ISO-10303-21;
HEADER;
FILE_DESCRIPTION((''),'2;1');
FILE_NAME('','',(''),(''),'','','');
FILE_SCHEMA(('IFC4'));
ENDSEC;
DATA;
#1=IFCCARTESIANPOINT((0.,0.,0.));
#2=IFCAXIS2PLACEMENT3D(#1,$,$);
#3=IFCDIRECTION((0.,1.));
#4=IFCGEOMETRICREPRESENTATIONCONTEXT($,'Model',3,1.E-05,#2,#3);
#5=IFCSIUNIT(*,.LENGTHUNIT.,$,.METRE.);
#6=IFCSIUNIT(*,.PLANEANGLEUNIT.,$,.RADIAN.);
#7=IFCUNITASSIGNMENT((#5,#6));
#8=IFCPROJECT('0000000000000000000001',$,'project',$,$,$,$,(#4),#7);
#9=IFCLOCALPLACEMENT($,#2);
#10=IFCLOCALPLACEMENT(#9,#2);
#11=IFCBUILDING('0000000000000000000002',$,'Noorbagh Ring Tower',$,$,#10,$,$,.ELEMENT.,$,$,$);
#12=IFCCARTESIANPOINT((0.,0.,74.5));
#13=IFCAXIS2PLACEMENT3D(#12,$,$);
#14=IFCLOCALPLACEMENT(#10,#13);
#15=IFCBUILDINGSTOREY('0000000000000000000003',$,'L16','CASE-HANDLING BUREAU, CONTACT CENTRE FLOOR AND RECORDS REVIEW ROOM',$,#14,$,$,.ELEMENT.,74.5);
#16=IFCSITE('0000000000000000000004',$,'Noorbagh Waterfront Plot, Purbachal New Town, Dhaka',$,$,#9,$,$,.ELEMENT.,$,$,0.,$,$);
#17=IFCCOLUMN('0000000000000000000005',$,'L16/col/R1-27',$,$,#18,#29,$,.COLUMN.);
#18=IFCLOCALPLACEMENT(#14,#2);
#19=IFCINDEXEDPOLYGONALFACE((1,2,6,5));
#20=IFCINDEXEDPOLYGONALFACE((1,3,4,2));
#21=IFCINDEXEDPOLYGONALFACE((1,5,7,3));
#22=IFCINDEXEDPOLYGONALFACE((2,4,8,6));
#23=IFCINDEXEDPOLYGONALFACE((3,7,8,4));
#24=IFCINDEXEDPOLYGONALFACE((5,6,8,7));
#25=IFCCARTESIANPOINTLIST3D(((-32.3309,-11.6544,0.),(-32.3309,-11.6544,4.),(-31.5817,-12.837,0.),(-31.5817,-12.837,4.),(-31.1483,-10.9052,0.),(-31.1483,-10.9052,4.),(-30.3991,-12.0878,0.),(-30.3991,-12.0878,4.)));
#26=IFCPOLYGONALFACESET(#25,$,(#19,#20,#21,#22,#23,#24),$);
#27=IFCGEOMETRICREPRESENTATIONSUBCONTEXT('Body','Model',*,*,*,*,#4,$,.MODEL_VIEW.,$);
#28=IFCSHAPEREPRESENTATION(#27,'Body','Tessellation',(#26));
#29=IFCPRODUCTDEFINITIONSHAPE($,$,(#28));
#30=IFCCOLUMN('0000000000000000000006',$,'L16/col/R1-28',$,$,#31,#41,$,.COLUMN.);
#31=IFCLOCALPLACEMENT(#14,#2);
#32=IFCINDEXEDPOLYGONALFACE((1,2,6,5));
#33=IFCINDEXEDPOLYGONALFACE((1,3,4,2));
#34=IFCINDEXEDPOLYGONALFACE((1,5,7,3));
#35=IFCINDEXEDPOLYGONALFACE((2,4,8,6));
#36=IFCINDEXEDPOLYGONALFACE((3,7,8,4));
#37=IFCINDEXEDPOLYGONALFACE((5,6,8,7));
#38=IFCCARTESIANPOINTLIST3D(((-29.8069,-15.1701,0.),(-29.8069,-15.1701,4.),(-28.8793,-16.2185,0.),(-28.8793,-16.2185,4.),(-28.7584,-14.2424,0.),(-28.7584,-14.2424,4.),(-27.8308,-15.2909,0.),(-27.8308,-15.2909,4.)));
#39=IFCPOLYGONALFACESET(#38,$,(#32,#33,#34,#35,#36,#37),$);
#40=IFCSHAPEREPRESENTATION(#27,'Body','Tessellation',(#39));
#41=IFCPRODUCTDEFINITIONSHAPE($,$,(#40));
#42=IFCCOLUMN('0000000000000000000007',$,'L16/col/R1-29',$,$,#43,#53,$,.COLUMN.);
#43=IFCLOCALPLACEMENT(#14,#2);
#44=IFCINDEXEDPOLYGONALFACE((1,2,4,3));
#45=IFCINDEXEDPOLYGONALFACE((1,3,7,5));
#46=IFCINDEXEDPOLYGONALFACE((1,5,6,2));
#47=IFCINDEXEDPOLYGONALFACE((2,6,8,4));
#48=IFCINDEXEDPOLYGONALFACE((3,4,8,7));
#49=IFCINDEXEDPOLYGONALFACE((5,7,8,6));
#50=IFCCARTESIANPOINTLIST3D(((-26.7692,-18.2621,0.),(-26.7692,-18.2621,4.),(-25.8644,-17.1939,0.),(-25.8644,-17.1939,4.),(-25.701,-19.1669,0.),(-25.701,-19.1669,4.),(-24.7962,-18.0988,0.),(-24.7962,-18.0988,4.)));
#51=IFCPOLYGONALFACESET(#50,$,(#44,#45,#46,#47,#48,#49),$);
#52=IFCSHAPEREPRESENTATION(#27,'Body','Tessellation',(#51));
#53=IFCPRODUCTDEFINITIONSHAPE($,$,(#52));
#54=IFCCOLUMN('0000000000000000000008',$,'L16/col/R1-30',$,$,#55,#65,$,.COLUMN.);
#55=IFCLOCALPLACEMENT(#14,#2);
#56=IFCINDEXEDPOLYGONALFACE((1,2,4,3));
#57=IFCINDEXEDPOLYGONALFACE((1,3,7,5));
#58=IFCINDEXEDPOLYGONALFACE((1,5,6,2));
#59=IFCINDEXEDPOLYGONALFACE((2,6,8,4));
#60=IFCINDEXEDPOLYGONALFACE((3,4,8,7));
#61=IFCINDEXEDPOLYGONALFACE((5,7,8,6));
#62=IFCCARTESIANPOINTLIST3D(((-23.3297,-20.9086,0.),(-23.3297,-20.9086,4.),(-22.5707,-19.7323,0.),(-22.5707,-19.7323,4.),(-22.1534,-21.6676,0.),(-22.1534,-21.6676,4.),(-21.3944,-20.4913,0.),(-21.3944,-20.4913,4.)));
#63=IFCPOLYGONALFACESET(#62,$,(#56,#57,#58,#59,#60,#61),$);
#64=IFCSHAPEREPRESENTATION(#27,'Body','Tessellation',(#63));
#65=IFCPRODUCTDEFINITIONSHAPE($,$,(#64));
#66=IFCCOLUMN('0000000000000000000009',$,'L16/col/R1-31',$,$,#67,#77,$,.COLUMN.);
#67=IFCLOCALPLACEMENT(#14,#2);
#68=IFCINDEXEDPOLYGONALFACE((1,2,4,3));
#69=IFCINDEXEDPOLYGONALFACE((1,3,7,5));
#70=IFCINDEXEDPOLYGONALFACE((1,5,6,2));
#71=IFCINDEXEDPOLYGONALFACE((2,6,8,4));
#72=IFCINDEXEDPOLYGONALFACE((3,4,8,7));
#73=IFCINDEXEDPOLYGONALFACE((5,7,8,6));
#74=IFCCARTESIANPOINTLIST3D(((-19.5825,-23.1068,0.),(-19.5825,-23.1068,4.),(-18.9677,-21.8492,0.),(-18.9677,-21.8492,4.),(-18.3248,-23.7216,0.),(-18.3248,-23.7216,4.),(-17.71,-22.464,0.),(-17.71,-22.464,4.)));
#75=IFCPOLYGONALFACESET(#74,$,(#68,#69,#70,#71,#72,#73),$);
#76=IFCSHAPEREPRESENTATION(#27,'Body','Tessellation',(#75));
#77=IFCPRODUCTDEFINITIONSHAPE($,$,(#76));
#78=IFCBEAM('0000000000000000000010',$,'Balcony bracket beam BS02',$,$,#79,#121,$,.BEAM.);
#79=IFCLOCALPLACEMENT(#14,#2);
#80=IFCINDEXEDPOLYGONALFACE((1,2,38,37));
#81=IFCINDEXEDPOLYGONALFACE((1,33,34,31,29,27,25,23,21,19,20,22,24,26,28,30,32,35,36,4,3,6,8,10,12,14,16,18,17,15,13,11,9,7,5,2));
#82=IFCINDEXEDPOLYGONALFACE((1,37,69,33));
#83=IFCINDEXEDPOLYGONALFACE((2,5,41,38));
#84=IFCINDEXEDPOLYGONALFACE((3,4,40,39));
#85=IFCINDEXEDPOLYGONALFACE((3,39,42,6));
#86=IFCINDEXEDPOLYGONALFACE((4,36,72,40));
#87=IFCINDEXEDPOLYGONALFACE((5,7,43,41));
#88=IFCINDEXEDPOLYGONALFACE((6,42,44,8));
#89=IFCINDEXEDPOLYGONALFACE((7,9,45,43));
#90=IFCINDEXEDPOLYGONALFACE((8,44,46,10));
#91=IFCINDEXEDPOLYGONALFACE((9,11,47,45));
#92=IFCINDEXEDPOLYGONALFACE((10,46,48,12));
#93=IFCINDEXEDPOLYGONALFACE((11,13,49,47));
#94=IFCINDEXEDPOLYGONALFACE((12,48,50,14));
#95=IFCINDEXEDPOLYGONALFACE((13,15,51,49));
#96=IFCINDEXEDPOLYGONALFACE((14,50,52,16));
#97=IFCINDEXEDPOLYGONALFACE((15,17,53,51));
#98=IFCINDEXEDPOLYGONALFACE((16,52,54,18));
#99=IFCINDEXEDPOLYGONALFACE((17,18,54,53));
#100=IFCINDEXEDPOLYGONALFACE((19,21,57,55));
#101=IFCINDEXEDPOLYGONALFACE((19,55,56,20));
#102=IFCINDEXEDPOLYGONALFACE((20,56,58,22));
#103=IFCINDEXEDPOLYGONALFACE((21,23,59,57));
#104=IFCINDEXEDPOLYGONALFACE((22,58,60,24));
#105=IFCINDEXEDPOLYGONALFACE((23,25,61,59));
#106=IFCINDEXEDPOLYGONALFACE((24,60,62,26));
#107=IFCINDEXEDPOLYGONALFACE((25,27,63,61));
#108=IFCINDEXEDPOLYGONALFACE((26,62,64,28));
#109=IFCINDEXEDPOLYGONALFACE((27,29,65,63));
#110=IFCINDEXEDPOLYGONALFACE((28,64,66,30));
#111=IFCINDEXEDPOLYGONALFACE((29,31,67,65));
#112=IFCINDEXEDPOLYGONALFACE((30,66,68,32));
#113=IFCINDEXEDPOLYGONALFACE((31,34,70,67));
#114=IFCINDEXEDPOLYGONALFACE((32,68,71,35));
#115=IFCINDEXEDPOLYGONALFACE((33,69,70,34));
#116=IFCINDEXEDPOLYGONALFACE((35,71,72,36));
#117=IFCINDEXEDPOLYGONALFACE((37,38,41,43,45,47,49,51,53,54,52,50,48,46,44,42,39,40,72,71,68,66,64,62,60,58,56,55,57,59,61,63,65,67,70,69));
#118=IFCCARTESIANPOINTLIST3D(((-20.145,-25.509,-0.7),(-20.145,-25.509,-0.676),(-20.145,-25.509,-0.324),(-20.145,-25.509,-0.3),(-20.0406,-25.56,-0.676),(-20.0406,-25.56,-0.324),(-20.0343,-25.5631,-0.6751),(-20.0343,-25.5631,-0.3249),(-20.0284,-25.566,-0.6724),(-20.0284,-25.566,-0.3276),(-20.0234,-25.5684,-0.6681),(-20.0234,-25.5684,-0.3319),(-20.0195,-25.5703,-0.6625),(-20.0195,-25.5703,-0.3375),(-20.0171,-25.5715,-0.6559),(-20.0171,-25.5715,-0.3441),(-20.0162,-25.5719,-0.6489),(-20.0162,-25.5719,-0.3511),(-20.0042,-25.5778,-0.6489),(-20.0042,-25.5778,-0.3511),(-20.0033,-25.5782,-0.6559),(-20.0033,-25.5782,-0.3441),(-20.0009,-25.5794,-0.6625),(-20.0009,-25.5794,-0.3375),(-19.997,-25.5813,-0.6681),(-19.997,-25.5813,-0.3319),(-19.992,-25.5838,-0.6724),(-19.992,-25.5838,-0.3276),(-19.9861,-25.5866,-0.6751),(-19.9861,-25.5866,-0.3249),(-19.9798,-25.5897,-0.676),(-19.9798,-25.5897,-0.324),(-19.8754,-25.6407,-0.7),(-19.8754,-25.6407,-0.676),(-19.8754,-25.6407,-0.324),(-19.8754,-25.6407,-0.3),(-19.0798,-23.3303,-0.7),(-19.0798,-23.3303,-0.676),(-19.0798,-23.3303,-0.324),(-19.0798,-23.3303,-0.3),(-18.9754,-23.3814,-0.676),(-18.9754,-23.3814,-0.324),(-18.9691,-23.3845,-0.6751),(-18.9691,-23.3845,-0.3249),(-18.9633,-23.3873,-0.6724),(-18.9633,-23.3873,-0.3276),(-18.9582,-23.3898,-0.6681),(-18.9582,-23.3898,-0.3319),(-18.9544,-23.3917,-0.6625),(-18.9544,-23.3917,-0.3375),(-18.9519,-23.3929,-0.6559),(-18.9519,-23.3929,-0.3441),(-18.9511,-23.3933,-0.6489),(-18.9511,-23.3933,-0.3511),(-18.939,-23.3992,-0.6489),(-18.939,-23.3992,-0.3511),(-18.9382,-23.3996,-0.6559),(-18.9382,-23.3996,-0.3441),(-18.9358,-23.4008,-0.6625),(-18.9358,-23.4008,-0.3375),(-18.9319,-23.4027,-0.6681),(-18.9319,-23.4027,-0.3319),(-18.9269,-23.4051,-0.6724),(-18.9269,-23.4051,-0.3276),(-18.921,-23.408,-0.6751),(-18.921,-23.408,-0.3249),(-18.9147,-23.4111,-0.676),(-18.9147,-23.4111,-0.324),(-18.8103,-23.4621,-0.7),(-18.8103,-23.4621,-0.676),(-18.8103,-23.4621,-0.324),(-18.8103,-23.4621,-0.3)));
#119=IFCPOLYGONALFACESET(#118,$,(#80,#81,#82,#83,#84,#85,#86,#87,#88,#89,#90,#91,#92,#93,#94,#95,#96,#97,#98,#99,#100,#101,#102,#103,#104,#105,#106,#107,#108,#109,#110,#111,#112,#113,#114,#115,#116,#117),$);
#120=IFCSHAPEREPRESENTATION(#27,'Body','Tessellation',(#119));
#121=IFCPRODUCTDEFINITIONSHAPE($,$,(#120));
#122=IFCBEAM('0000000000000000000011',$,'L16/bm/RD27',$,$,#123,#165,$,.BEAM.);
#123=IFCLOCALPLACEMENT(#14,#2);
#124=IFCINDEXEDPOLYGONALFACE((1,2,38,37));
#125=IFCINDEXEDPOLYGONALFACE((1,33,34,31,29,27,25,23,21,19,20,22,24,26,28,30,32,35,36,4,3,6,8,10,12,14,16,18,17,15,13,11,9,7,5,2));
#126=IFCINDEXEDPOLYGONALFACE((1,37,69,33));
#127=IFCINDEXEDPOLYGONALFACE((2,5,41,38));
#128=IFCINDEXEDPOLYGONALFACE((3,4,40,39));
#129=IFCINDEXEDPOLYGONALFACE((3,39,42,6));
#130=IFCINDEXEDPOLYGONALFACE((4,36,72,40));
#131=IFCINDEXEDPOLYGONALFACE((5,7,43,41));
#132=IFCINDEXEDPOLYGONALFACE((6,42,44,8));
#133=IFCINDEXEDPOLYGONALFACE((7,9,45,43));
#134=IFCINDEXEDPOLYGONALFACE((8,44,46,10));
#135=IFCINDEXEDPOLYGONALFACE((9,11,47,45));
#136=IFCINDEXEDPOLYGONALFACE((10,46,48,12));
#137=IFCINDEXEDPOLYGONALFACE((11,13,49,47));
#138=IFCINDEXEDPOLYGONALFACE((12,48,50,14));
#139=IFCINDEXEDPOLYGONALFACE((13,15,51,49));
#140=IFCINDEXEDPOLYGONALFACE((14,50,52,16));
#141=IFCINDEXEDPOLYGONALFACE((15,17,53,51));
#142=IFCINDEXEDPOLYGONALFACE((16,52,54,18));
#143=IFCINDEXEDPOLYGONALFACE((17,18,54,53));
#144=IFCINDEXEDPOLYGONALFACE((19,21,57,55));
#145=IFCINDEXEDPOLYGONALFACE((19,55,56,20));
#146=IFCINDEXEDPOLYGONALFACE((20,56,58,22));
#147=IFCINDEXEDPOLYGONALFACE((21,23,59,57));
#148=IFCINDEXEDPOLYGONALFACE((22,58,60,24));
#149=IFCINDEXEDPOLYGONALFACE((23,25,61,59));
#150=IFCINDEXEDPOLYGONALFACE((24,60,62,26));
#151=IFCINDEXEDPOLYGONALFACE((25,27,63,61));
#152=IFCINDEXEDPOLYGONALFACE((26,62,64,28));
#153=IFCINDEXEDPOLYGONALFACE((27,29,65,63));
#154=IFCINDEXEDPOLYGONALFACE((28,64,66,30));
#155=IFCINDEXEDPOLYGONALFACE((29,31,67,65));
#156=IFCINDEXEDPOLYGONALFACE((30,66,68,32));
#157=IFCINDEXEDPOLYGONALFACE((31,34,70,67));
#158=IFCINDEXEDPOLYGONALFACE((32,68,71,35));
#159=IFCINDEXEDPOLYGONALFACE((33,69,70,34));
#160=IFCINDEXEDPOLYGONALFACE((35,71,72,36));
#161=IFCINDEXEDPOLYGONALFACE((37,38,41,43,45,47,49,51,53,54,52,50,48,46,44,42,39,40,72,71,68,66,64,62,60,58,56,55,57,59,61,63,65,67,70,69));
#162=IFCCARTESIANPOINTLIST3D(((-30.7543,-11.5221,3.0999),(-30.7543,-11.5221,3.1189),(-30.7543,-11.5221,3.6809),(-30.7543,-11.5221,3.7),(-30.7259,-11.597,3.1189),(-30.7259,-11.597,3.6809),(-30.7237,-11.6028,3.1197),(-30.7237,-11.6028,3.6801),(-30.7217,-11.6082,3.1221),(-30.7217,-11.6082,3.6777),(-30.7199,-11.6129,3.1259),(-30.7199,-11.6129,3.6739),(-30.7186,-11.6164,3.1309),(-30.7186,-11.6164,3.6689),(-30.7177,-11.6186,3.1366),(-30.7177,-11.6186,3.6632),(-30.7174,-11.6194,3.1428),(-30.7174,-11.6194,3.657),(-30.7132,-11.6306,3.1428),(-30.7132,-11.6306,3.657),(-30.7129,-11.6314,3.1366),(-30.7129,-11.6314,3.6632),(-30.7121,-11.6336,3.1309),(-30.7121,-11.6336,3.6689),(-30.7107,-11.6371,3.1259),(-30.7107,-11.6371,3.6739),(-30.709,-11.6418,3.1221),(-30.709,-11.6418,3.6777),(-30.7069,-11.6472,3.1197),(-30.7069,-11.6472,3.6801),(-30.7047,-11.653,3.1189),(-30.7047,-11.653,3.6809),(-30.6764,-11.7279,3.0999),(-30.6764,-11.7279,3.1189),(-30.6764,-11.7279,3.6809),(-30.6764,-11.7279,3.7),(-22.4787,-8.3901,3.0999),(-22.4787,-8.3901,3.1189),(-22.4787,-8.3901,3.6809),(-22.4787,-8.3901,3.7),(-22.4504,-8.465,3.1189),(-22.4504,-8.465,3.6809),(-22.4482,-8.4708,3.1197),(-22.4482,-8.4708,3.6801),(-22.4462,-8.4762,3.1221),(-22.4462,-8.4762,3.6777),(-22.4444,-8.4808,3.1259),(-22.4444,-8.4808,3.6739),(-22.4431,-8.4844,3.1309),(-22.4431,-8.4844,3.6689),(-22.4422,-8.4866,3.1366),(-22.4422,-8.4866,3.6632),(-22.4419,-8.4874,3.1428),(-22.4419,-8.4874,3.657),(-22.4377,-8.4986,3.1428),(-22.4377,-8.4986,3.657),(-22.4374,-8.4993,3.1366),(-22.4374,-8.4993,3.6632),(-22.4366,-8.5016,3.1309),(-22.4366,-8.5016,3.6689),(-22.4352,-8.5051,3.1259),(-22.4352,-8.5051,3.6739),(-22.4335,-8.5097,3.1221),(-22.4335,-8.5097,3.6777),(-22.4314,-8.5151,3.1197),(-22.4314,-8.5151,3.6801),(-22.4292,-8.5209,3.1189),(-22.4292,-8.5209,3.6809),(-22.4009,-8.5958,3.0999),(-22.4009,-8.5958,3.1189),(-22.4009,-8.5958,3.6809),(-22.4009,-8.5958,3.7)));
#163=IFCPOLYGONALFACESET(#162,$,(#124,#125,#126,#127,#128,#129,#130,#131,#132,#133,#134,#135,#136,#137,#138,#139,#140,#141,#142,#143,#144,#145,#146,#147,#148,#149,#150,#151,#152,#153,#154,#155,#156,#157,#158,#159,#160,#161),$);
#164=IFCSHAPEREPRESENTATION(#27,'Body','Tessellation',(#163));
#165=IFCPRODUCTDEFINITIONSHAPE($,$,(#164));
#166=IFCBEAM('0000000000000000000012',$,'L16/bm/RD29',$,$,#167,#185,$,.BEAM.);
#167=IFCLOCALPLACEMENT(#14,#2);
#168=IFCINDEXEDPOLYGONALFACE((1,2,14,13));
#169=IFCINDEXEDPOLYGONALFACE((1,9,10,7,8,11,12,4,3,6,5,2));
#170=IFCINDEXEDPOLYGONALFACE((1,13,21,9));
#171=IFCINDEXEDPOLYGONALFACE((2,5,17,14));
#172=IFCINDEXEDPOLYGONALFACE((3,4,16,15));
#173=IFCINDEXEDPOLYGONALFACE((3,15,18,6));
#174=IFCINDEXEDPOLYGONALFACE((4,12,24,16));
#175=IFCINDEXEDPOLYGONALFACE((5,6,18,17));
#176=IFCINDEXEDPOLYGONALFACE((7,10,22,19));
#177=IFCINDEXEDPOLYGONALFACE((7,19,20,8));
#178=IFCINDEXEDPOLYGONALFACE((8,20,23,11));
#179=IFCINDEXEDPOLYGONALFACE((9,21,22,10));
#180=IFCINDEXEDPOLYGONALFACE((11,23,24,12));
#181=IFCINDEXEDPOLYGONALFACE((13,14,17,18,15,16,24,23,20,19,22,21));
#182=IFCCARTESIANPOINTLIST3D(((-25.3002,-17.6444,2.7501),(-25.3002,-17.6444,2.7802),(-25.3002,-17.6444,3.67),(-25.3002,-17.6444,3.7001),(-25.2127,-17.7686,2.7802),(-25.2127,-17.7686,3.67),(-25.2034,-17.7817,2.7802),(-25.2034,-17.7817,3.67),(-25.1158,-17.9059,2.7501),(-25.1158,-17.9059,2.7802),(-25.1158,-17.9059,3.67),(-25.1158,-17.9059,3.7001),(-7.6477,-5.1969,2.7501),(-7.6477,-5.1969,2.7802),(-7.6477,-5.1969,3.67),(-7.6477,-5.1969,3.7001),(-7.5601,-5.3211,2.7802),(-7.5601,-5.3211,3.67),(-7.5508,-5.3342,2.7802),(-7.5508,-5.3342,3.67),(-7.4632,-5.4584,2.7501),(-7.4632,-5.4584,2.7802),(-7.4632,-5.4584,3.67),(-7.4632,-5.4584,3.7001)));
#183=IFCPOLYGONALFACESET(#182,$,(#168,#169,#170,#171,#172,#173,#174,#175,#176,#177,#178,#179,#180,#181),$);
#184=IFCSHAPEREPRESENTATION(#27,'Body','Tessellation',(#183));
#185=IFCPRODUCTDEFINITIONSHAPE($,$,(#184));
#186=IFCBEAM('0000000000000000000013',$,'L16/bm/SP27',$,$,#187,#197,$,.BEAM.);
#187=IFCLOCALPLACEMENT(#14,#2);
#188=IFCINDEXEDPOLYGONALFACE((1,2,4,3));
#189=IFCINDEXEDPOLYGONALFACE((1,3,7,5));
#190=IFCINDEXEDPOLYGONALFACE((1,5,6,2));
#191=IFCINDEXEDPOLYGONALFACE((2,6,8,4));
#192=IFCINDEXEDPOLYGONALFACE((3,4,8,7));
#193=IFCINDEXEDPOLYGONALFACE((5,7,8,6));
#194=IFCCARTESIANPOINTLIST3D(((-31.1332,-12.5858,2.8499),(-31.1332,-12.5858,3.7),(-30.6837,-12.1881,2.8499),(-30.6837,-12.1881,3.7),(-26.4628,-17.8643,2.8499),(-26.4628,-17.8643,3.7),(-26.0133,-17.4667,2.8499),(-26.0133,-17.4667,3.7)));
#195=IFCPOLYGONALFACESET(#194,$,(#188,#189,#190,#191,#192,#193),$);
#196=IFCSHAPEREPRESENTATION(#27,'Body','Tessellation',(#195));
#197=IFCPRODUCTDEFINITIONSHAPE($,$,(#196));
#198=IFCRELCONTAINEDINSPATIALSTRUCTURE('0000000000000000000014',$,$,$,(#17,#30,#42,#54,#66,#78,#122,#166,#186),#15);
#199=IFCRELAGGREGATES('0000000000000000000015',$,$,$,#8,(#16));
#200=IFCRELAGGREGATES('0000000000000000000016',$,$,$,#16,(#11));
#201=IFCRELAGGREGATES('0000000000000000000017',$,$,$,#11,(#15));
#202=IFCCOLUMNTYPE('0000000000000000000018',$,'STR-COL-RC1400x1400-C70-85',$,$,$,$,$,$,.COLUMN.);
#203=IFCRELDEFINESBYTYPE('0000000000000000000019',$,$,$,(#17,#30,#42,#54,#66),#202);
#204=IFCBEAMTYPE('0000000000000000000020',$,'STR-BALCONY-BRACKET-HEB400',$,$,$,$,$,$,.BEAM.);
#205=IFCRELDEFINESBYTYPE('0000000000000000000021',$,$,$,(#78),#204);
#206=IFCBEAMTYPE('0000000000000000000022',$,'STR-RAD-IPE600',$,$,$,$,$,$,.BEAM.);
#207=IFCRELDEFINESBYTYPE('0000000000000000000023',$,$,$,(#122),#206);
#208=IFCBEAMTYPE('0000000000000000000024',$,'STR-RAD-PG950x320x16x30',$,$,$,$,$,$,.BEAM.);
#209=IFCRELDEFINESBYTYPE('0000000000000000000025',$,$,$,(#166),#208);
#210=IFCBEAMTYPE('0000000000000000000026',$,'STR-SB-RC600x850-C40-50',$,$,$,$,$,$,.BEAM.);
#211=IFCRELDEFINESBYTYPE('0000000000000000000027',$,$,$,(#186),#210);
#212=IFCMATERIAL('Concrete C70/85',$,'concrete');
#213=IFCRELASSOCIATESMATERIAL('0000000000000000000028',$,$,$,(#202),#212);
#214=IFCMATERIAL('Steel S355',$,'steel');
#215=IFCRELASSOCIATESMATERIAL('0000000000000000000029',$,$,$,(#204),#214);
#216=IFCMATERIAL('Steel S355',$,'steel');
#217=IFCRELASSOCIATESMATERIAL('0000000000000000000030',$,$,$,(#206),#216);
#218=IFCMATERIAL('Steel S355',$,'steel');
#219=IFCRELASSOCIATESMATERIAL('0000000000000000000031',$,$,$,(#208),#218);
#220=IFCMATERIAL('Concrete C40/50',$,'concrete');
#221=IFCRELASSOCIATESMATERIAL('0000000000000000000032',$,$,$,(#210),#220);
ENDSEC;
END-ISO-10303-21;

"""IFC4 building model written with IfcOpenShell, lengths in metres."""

from ifc_helpers import new_model, si_unit, direction, frame, origin, origin_2d, place, context, subcontext, project, spatial, rectangle, i_section, extrude, material, material_profile, profile_set, type_object, element, save


model = new_model("IFC4")

# Units and contexts
model_context = context("Model", 3, precision=1e-05, world=origin(), true_north=direction((0.0, 1.0)))
body_context = subcontext(model_context, "Body", "Model", "MODEL_VIEW")
ifc_project = project(units=[si_unit("LENGTHUNIT", "METRE"), si_unit("PLANEANGLEUNIT", "RADIAN")], contexts=[model_context])

# Site, building, storey
site_placement = place(None, origin())
site = spatial("IfcSite", under=ifc_project, at=site_placement, Name="Noorbagh Waterfront Plot, Purbachal New Town, Dhaka", CompositionType="ELEMENT", RefElevation=0.0)
building_placement = place(site_placement, origin())
building = spatial("IfcBuilding", under=site, at=building_placement, Name="Noorbagh Ring Tower", CompositionType="ELEMENT")
storey_placement = place(building_placement, frame((0.0, 0.0, 74.5)))
storey = spatial("IfcBuildingStorey", under=building, at=storey_placement, Name="L16", Description="CASE-HANDLING BUREAU, CONTACT CENTRE FLOOR AND RECORDS REVIEW ROOM", CompositionType="ELEMENT", Elevation=74.5)

# Columns
ifc_material_1 = material(Name="Concrete C70/85", Category="concrete")
ifc_material_profile_1 = material_profile(ifc_material_1, rectangle(XDim=1.3999, YDim=1.3999, at=origin_2d()), Name="RC1400x1400")
ifc_profile_set_1 = profile_set([ifc_material_profile_1], Name="Concrete C70/85")
column_type = type_object("IfcColumnType", Name="STR-COL-RC1400x1400-C70-85", PredefinedType="COLUMN", material=ifc_profile_set_1)
for number, where, z_axis, x_axis, name in (
    (1, (-31.365, -11.8711, 0.0), (0.0, 0.0, 1.0), (0.53519, -0.844731, 0.0), "L16/col/R1-27"),
    (2, (-28.8188, -15.2305, 0.0), (0.0, 0.0, 1.0), (0.662636, -0.748942, 0.0), "L16/col/R1-28"),
    (3, (-25.7827, -18.1804, 0.0), (0.0, 0.0, 1.0), (0.763035, -0.646357, 0.0), "L16/col/R1-29"),
    (4, (-22.3621, -20.7, 0.0), (0.0, 0.0, 1.0), (0.840248, -0.542203, 0.0), "L16/col/R1-30"),
    (5, (-18.6462, -22.7854, 0.0), (0.0, 0.0, 1.0), (0.898399, -0.43918, 0.0), "L16/col/R1-31"),
):
    element("IfcColumn", number, at=place(storey_placement, frame(where, z_axis=z_axis, x_axis=x_axis)), inside=storey, type_object=column_type, Name=name, PredefinedType="COLUMN", context=body_context, shape_type="SweptSolid", body=[
        extrude(rectangle(XDim=1.3999, YDim=1.3999, at=origin_2d()), origin(), (0.0, 0.0, 1.0), 4.0),
    ])

# Beams
ifc_material_2 = material(Name="Steel S355", Category="steel")
ifc_material_profile_2 = material_profile(ifc_material_2, i_section(OverallWidth=0.3, OverallDepth=0.3999, WebThickness=0.0134, FlangeThickness=0.0239, FilletRadius=0.0271, at=origin_2d()), Name="HEB400")
ifc_profile_set_2 = profile_set([ifc_material_profile_2], Name="Steel S355")
beam_type_1 = type_object("IfcBeamType", Name="STR-BALCONY-BRACKET-HEB400", PredefinedType="BEAM", material=ifc_profile_set_2)
beam_1_placement = place(storey_placement, frame((-18.9451, -23.3962, -0.5), z_axis=(-0.439223, -0.898378, 0.0), x_axis=(0.898378, -0.439223, 0.0)))
element("IfcBeam", 6, at=beam_1_placement, inside=storey, type_object=beam_type_1, Name="Balcony bracket beam BS02", PredefinedType="BEAM", context=body_context, shape_type="SweptSolid", body=[
    extrude(i_section(OverallWidth=0.3, OverallDepth=0.3999, WebThickness=0.0134, FlangeThickness=0.0239, FilletRadius=0.0271, at=origin_2d()), origin(), (0.0, 0.0, 1.0), 2.425),
])
ifc_material_3 = material(Name="Steel S355", Category="steel")
ifc_material_profile_3 = material_profile(ifc_material_3, i_section(OverallWidth=0.22, OverallDepth=0.6001, WebThickness=0.012, FlangeThickness=0.019, FilletRadius=0.0239, at=origin_2d()), Name="IPE600")
ifc_profile_set_3 = profile_set([ifc_material_profile_3], Name="Steel S355")
beam_type_2 = type_object("IfcBeamType", Name="STR-RAD-IPE600", PredefinedType="BEAM", material=ifc_profile_set_3)
beam_2_placement = place(storey_placement, frame((-30.7153, -11.625, 3.3999), z_axis=(0.935258, 0.353967, 0.0), x_axis=(-0.353967, 0.935258, 0.0)))
element("IfcBeam", 7, at=beam_2_placement, inside=storey, type_object=beam_type_2, Name="L16/bm/RD27", PredefinedType="BEAM", context=body_context, shape_type="SweptSolid", body=[
    extrude(i_section(OverallWidth=0.22, OverallDepth=0.6001, WebThickness=0.012, FlangeThickness=0.019, FilletRadius=0.0239, at=origin_2d()), origin(), (0.0, 0.0, 1.0), 8.8484),
])
ifc_material_4 = material(Name="Steel S355", Category="steel")
ifc_material_profile_4 = material_profile(ifc_material_4, i_section(OverallWidth=0.3201, OverallDepth=0.95, WebThickness=0.0161, FlangeThickness=0.03, at=origin_2d()), Name="PG950x320x16x30")
ifc_profile_set_4 = profile_set([ifc_material_profile_4], Name="Steel S355")
beam_type_3 = type_object("IfcBeamType", Name="STR-RAD-PG950x320x16x30", PredefinedType="BEAM", material=ifc_profile_set_4)
beam_3_placement = place(storey_placement, frame((-25.208, -17.7751, 3.2251), z_axis=(0.817254, 0.576277, 0.0), x_axis=(-0.576277, 0.817254, 0.0)))
element("IfcBeam", 8, at=beam_3_placement, inside=storey, type_object=beam_type_3, Name="L16/bm/RD29", PredefinedType="BEAM", context=body_context, shape_type="SweptSolid", body=[
    extrude(i_section(OverallWidth=0.3201, OverallDepth=0.95, WebThickness=0.0161, FlangeThickness=0.03, at=origin_2d()), origin(), (0.0, 0.0, 1.0), 21.5999),
])
ifc_material_5 = material(Name="Concrete C40/50", Category="concrete")
ifc_material_profile_5 = material_profile(ifc_material_5, rectangle(XDim=0.6001, YDim=0.8501, at=origin_2d()), Name="RC600x850")
ifc_profile_set_5 = profile_set([ifc_material_profile_5], Name="Concrete C40/50")
beam_type_4 = type_object("IfcBeamType", Name="STR-SB-RC600x850-C40-50", PredefinedType="BEAM", material=ifc_profile_set_5)
beam_4_placement = place(storey_placement, frame((-30.9084, -12.387, 3.2749), z_axis=(0.662646, -0.748932, 0.0), x_axis=(0.748932, 0.662646, 0.0)))
element("IfcBeam", 9, at=beam_4_placement, inside=storey, type_object=beam_type_4, Name="L16/bm/SP27", PredefinedType="BEAM", context=body_context, shape_type="SweptSolid", body=[
    extrude(rectangle(XDim=0.6001, YDim=0.8501, at=origin_2d()), origin(), (0.0, 0.0, 1.0), 7.0481),
])

save(model, "model.ifc")
